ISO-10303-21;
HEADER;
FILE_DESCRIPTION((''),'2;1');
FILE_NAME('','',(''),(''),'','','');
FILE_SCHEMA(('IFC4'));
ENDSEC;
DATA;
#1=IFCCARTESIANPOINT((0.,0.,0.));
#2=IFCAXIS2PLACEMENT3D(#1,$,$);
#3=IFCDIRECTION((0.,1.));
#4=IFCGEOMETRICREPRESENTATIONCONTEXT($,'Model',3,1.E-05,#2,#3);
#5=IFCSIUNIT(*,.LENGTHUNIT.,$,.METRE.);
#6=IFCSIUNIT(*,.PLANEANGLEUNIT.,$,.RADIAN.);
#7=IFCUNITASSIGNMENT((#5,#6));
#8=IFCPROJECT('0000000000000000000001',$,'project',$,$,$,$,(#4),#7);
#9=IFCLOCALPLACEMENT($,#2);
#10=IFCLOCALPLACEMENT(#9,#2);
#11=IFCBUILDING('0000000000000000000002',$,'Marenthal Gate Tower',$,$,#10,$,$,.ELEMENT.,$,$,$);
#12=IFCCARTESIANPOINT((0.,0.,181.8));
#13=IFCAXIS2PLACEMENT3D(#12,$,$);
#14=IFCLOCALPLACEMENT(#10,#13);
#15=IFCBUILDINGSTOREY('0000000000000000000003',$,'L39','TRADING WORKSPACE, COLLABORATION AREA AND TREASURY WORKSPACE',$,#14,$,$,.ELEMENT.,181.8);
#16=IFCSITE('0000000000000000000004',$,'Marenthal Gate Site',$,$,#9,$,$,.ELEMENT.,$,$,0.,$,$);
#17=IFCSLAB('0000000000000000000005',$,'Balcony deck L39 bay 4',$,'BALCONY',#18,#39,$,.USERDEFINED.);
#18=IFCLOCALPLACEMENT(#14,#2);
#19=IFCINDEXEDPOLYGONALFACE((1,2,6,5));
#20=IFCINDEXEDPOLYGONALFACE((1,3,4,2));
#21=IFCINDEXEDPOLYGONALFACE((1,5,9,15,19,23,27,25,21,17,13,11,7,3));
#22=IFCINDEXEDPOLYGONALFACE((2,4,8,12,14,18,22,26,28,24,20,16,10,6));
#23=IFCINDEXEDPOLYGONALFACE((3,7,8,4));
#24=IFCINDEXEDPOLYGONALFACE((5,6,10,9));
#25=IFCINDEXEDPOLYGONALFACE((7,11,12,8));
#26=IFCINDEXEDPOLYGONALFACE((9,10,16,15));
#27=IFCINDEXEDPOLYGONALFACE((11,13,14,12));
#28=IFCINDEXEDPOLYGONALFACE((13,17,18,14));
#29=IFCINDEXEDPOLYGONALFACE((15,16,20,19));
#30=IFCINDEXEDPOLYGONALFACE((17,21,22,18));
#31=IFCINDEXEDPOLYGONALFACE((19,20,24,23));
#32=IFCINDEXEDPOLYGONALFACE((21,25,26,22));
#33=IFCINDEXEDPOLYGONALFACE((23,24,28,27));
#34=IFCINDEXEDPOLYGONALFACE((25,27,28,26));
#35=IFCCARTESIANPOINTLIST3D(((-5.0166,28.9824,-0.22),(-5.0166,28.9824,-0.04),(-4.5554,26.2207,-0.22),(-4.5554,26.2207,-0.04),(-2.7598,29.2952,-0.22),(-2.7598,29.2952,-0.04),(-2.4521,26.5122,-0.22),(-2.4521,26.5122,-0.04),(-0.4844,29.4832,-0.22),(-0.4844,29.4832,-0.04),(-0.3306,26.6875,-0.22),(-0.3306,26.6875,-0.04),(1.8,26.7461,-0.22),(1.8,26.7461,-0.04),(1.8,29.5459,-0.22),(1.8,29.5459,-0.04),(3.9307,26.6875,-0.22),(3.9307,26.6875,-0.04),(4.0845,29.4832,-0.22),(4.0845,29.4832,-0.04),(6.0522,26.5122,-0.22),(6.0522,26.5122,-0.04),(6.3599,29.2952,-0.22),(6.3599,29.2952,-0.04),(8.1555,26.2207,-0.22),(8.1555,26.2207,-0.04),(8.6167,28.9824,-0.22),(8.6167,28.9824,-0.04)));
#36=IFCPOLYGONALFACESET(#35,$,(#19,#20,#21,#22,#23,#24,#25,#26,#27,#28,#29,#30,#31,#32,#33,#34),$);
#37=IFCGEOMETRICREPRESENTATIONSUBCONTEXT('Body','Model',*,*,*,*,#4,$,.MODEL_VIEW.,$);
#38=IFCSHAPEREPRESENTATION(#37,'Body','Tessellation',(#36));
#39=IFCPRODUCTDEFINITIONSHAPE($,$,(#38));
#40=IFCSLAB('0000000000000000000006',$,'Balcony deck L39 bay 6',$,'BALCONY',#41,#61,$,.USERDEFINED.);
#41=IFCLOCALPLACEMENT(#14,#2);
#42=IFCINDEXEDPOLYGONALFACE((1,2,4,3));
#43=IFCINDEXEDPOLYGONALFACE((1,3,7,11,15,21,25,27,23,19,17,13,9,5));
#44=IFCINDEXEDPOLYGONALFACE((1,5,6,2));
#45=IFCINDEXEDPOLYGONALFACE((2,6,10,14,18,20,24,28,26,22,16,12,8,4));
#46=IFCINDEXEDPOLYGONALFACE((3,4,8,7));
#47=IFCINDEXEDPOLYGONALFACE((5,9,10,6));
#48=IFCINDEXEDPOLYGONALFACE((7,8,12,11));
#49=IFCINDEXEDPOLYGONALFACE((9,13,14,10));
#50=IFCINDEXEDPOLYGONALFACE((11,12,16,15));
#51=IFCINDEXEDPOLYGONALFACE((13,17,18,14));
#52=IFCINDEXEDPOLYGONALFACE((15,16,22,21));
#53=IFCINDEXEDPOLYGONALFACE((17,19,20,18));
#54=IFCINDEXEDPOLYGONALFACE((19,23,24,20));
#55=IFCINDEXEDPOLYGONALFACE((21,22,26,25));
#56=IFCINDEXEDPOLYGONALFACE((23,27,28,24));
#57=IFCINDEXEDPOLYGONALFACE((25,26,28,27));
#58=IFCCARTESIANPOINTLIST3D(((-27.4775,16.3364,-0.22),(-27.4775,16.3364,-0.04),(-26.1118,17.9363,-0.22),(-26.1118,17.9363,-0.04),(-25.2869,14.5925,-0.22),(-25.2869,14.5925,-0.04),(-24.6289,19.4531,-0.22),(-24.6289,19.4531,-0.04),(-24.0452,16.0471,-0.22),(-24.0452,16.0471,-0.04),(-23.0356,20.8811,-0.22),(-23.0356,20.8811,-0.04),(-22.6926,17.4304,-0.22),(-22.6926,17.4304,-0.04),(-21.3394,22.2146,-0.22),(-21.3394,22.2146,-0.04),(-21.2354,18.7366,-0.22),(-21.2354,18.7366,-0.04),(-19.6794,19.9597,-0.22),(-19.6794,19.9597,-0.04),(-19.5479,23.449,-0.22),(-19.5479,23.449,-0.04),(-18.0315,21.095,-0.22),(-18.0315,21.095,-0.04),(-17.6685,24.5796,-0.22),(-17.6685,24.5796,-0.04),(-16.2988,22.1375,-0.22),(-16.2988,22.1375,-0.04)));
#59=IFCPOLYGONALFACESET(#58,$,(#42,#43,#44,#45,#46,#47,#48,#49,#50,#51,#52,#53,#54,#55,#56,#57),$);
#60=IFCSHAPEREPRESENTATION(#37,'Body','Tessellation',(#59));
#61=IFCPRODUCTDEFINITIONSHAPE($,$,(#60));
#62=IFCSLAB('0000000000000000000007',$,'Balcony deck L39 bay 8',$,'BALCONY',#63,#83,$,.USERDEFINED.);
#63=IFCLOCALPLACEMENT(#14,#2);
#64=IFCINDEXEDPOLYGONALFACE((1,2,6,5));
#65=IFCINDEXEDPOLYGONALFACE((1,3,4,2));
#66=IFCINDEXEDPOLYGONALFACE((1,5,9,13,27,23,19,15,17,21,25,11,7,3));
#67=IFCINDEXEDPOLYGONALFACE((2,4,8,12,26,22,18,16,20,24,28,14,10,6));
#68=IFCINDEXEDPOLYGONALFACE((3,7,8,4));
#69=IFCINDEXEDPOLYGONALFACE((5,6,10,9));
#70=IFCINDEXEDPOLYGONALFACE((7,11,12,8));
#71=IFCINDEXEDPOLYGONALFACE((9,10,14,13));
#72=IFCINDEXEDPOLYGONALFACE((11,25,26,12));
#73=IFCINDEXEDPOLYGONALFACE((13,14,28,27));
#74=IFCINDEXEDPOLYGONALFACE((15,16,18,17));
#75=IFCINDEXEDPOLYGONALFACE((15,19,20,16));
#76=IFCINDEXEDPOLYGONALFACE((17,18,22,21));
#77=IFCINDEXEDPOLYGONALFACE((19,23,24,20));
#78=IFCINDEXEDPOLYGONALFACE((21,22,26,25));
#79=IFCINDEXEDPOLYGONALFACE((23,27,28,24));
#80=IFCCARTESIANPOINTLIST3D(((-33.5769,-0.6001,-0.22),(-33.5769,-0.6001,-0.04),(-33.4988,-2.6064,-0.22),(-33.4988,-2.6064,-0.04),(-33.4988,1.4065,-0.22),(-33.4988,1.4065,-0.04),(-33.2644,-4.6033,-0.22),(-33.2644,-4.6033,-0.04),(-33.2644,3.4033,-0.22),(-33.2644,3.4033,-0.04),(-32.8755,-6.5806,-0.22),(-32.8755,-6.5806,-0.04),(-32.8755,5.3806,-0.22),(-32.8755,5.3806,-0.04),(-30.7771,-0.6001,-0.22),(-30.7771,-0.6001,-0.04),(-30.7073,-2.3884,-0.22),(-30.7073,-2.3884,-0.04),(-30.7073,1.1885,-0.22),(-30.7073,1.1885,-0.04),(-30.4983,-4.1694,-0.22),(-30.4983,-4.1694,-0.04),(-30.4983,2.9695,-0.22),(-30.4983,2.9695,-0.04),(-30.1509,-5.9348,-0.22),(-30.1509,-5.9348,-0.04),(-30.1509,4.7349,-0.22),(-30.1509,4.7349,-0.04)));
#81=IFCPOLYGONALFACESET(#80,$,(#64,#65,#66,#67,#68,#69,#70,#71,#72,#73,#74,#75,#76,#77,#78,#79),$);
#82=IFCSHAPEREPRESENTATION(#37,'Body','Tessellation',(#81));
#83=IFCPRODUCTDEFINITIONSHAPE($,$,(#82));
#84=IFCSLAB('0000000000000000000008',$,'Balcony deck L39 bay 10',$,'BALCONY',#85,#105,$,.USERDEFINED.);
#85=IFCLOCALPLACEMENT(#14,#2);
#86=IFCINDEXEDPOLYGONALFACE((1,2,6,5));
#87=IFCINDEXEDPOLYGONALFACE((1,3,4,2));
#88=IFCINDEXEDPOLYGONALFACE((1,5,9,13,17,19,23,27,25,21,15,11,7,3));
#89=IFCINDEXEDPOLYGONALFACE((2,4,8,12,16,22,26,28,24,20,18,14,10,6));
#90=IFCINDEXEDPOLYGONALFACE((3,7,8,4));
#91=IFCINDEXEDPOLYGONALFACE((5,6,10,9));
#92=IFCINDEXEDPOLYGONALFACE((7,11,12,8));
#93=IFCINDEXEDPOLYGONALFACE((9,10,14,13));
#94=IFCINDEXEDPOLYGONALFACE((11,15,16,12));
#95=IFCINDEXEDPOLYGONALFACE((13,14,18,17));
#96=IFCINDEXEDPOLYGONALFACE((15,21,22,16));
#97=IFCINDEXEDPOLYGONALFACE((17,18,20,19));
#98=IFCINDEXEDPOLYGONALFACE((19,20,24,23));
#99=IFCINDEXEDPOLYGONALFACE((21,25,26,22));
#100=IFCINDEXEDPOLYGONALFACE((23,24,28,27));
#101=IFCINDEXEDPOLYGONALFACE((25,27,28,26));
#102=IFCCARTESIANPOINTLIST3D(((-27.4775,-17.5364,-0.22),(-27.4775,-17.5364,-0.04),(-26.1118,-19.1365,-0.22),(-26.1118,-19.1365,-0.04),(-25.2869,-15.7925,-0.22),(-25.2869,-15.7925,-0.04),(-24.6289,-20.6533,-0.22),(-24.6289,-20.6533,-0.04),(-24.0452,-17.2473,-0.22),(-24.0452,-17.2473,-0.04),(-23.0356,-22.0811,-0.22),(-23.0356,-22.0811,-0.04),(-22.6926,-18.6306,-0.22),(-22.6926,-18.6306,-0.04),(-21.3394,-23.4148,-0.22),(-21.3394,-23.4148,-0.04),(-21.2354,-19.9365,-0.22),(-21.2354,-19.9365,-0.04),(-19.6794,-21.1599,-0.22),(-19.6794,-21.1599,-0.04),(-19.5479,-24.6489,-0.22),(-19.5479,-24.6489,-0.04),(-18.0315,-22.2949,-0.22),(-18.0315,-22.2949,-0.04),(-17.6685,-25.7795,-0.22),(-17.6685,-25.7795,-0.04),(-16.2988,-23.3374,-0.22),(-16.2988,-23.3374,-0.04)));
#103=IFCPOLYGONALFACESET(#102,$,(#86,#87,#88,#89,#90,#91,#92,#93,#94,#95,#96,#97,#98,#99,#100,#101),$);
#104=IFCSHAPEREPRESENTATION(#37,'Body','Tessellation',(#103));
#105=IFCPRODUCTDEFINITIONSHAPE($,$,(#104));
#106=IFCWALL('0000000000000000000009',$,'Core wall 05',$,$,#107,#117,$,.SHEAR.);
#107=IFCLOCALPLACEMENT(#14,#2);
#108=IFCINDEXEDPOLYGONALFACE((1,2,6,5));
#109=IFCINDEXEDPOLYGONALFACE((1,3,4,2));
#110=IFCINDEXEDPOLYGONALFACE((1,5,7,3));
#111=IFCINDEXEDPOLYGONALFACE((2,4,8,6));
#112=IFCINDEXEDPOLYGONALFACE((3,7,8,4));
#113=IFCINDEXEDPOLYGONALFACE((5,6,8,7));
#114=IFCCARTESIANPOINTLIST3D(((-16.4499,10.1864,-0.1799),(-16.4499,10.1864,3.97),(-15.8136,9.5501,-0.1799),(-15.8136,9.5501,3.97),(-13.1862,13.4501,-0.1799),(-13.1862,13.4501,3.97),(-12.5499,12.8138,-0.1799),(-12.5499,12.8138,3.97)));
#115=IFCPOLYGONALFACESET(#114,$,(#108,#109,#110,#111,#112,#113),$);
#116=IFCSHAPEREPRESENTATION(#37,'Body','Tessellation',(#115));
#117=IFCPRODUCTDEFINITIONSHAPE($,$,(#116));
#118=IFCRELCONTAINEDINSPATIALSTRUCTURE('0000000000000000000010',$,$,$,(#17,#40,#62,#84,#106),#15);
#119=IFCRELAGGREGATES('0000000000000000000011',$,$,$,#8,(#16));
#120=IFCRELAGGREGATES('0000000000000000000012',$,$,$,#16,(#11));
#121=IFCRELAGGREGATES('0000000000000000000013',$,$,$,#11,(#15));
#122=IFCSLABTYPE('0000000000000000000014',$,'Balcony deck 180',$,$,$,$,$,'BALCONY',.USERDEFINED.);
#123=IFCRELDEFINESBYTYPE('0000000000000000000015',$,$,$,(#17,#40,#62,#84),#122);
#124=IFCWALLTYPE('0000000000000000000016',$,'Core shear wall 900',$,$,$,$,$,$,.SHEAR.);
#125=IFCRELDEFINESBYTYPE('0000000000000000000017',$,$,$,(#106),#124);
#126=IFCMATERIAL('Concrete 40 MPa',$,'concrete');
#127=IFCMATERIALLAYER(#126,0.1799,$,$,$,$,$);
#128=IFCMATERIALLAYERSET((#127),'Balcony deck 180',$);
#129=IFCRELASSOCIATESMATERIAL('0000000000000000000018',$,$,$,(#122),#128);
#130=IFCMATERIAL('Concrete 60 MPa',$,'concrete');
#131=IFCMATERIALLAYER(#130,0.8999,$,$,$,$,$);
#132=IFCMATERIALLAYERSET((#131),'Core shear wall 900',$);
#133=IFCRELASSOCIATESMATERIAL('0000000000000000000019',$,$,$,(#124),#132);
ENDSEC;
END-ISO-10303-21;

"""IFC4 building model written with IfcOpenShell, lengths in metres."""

from ifc_helpers import new_model, si_unit, direction, frame, frame_2d, origin, place, context, subcontext, project, spatial, polyline, rectangle, outline, extrude, material, layer, layer_set, type_object, element, save


model = new_model("IFC4")

# Units and contexts
model_context = context("Model", 3, precision=1e-05, world=origin(), true_north=direction((0.0, 1.0)))
body_context = subcontext(model_context, "Body", "Model", "MODEL_VIEW")
ifc_project = project(units=[si_unit("LENGTHUNIT", "METRE"), si_unit("PLANEANGLEUNIT", "RADIAN")], contexts=[model_context])

# Site, building, storey
site_placement = place(None, origin())
site = spatial("IfcSite", under=ifc_project, at=site_placement, Name="Marenthal Gate Site", CompositionType="ELEMENT", RefElevation=0.0)
building_placement = place(site_placement, origin())
building = spatial("IfcBuilding", under=site, at=building_placement, Name="Marenthal Gate Tower", CompositionType="ELEMENT")
storey_placement = place(building_placement, frame((0.0, 0.0, 181.8)))
storey = spatial("IfcBuildingStorey", under=building, at=storey_placement, Name="L39", Description="TRADING WORKSPACE, COLLABORATION AREA AND TREASURY WORKSPACE", CompositionType="ELEMENT", Elevation=181.8)

# Slabs
ifc_material_1 = material(Name="Concrete 40 MPa", Category="concrete")
ifc_layer_1 = layer(ifc_material_1, 0.1799)
ifc_layer_set_1 = layer_set([ifc_layer_1], Name="Balcony deck 180")
slab_type = type_object("IfcSlabType", Name="Balcony deck 180", ElementType="BALCONY", PredefinedType="USERDEFINED", material=ifc_layer_set_1)
slab_1_placement = place(storey_placement, frame((0.0, 0.0, -0.22)))
element("IfcSlab", 1, at=slab_1_placement, inside=storey, type_object=slab_type, Name="Balcony deck L39 bay 4", ObjectType="BALCONY", PredefinedType="USERDEFINED", context=body_context, shape_type="SweptSolid", body=[
    extrude(outline(polyline([(8.1555, 26.2207), (6.0522, 26.5122), (3.9307, 26.6875), (1.8, 26.7461), (-0.3306, 26.6875), (-2.4521, 26.5122), (-4.5554, 26.2207), (-5.0166, 28.9824), (-2.7598, 29.2952), (-0.4844, 29.4832), (1.8, 29.5459), (4.0845, 29.4832), (6.3599, 29.2952), (8.6167, 28.9824), (8.1555, 26.2207)])), origin(), (0.0, 0.0, 1.0), 0.1799),
])
slab_2_placement = place(storey_placement, frame((0.0, 0.0, -0.22)))
element("IfcSlab", 2, at=slab_2_placement, inside=storey, type_object=slab_type, Name="Balcony deck L39 bay 6", ObjectType="BALCONY", PredefinedType="USERDEFINED", context=body_context, shape_type="SweptSolid", body=[
    extrude(outline(polyline([(-16.2988, 22.1375), (-18.0315, 21.095), (-19.6794, 19.9597), (-21.2354, 18.7366), (-22.6926, 17.4304), (-24.0452, 16.0471), (-25.2869, 14.5925), (-27.4775, 16.3364), (-26.1118, 17.9363), (-24.6289, 19.4531), (-23.0356, 20.8811), (-21.3394, 22.2146), (-19.5479, 23.449), (-17.6685, 24.5796), (-16.2988, 22.1375)])), origin(), (0.0, 0.0, 1.0), 0.1799),
])
slab_3_placement = place(storey_placement, frame((0.0, 0.0, -0.22)))
element("IfcSlab", 3, at=slab_3_placement, inside=storey, type_object=slab_type, Name="Balcony deck L39 bay 8", ObjectType="BALCONY", PredefinedType="USERDEFINED", context=body_context, shape_type="SweptSolid", body=[
    extrude(outline(polyline([(-30.1509, 4.7349), (-30.4983, 2.9695), (-30.7073, 1.1885), (-30.7771, -0.6001), (-30.7073, -2.3884), (-30.4983, -4.1694), (-30.1509, -5.9348), (-32.8755, -6.5806), (-33.2644, -4.6033), (-33.4988, -2.6064), (-33.5769, -0.6001), (-33.4988, 1.4065), (-33.2644, 3.4033), (-32.8755, 5.3806), (-30.1509, 4.7349)])), origin(), (0.0, 0.0, 1.0), 0.1799),
])
slab_4_placement = place(storey_placement, frame((0.0, 0.0, -0.22)))
element("IfcSlab", 4, at=slab_4_placement, inside=storey, type_object=slab_type, Name="Balcony deck L39 bay 10", ObjectType="BALCONY", PredefinedType="USERDEFINED", context=body_context, shape_type="SweptSolid", body=[
    extrude(outline(polyline([(-25.2869, -15.7925), (-24.0452, -17.2473), (-22.6926, -18.6306), (-21.2354, -19.9365), (-19.6794, -21.1599), (-18.0315, -22.2949), (-16.2988, -23.3374), (-17.6685, -25.7795), (-19.5479, -24.6489), (-21.3394, -23.4148), (-23.0356, -22.0811), (-24.6289, -20.6533), (-26.1118, -19.1365), (-27.4775, -17.5364), (-25.2869, -15.7925)])), origin(), (0.0, 0.0, 1.0), 0.1799),
])

# Wall
ifc_material_2 = material(Name="Concrete 60 MPa", Category="concrete")
ifc_layer_2 = layer(ifc_material_2, 0.8999)
ifc_layer_set_2 = layer_set([ifc_layer_2], Name="Core shear wall 900")
wall_type_1 = type_object("IfcWallType", Name="Core shear wall 900", PredefinedType="SHEAR", material=ifc_layer_set_2)
wall_1_placement = place(storey_placement, frame((-12.8682, 13.1318, -0.1799), z_axis=(0.0, 0.0, 1.0), x_axis=(-0.707107, -0.707107, 0.0)))
element("IfcWall", 5, at=wall_1_placement, inside=storey, type_object=wall_type_1, Name="Core wall 05", PredefinedType="SHEAR", context=body_context, shape_type="SweptSolid", body=[
    extrude(rectangle(XDim=4.6155, YDim=0.8999, at=frame_2d((2.3076, 0.0))), origin(), (0.0, 0.0, 1.0), 4.1499),
])

save(model, "model.ifc")
